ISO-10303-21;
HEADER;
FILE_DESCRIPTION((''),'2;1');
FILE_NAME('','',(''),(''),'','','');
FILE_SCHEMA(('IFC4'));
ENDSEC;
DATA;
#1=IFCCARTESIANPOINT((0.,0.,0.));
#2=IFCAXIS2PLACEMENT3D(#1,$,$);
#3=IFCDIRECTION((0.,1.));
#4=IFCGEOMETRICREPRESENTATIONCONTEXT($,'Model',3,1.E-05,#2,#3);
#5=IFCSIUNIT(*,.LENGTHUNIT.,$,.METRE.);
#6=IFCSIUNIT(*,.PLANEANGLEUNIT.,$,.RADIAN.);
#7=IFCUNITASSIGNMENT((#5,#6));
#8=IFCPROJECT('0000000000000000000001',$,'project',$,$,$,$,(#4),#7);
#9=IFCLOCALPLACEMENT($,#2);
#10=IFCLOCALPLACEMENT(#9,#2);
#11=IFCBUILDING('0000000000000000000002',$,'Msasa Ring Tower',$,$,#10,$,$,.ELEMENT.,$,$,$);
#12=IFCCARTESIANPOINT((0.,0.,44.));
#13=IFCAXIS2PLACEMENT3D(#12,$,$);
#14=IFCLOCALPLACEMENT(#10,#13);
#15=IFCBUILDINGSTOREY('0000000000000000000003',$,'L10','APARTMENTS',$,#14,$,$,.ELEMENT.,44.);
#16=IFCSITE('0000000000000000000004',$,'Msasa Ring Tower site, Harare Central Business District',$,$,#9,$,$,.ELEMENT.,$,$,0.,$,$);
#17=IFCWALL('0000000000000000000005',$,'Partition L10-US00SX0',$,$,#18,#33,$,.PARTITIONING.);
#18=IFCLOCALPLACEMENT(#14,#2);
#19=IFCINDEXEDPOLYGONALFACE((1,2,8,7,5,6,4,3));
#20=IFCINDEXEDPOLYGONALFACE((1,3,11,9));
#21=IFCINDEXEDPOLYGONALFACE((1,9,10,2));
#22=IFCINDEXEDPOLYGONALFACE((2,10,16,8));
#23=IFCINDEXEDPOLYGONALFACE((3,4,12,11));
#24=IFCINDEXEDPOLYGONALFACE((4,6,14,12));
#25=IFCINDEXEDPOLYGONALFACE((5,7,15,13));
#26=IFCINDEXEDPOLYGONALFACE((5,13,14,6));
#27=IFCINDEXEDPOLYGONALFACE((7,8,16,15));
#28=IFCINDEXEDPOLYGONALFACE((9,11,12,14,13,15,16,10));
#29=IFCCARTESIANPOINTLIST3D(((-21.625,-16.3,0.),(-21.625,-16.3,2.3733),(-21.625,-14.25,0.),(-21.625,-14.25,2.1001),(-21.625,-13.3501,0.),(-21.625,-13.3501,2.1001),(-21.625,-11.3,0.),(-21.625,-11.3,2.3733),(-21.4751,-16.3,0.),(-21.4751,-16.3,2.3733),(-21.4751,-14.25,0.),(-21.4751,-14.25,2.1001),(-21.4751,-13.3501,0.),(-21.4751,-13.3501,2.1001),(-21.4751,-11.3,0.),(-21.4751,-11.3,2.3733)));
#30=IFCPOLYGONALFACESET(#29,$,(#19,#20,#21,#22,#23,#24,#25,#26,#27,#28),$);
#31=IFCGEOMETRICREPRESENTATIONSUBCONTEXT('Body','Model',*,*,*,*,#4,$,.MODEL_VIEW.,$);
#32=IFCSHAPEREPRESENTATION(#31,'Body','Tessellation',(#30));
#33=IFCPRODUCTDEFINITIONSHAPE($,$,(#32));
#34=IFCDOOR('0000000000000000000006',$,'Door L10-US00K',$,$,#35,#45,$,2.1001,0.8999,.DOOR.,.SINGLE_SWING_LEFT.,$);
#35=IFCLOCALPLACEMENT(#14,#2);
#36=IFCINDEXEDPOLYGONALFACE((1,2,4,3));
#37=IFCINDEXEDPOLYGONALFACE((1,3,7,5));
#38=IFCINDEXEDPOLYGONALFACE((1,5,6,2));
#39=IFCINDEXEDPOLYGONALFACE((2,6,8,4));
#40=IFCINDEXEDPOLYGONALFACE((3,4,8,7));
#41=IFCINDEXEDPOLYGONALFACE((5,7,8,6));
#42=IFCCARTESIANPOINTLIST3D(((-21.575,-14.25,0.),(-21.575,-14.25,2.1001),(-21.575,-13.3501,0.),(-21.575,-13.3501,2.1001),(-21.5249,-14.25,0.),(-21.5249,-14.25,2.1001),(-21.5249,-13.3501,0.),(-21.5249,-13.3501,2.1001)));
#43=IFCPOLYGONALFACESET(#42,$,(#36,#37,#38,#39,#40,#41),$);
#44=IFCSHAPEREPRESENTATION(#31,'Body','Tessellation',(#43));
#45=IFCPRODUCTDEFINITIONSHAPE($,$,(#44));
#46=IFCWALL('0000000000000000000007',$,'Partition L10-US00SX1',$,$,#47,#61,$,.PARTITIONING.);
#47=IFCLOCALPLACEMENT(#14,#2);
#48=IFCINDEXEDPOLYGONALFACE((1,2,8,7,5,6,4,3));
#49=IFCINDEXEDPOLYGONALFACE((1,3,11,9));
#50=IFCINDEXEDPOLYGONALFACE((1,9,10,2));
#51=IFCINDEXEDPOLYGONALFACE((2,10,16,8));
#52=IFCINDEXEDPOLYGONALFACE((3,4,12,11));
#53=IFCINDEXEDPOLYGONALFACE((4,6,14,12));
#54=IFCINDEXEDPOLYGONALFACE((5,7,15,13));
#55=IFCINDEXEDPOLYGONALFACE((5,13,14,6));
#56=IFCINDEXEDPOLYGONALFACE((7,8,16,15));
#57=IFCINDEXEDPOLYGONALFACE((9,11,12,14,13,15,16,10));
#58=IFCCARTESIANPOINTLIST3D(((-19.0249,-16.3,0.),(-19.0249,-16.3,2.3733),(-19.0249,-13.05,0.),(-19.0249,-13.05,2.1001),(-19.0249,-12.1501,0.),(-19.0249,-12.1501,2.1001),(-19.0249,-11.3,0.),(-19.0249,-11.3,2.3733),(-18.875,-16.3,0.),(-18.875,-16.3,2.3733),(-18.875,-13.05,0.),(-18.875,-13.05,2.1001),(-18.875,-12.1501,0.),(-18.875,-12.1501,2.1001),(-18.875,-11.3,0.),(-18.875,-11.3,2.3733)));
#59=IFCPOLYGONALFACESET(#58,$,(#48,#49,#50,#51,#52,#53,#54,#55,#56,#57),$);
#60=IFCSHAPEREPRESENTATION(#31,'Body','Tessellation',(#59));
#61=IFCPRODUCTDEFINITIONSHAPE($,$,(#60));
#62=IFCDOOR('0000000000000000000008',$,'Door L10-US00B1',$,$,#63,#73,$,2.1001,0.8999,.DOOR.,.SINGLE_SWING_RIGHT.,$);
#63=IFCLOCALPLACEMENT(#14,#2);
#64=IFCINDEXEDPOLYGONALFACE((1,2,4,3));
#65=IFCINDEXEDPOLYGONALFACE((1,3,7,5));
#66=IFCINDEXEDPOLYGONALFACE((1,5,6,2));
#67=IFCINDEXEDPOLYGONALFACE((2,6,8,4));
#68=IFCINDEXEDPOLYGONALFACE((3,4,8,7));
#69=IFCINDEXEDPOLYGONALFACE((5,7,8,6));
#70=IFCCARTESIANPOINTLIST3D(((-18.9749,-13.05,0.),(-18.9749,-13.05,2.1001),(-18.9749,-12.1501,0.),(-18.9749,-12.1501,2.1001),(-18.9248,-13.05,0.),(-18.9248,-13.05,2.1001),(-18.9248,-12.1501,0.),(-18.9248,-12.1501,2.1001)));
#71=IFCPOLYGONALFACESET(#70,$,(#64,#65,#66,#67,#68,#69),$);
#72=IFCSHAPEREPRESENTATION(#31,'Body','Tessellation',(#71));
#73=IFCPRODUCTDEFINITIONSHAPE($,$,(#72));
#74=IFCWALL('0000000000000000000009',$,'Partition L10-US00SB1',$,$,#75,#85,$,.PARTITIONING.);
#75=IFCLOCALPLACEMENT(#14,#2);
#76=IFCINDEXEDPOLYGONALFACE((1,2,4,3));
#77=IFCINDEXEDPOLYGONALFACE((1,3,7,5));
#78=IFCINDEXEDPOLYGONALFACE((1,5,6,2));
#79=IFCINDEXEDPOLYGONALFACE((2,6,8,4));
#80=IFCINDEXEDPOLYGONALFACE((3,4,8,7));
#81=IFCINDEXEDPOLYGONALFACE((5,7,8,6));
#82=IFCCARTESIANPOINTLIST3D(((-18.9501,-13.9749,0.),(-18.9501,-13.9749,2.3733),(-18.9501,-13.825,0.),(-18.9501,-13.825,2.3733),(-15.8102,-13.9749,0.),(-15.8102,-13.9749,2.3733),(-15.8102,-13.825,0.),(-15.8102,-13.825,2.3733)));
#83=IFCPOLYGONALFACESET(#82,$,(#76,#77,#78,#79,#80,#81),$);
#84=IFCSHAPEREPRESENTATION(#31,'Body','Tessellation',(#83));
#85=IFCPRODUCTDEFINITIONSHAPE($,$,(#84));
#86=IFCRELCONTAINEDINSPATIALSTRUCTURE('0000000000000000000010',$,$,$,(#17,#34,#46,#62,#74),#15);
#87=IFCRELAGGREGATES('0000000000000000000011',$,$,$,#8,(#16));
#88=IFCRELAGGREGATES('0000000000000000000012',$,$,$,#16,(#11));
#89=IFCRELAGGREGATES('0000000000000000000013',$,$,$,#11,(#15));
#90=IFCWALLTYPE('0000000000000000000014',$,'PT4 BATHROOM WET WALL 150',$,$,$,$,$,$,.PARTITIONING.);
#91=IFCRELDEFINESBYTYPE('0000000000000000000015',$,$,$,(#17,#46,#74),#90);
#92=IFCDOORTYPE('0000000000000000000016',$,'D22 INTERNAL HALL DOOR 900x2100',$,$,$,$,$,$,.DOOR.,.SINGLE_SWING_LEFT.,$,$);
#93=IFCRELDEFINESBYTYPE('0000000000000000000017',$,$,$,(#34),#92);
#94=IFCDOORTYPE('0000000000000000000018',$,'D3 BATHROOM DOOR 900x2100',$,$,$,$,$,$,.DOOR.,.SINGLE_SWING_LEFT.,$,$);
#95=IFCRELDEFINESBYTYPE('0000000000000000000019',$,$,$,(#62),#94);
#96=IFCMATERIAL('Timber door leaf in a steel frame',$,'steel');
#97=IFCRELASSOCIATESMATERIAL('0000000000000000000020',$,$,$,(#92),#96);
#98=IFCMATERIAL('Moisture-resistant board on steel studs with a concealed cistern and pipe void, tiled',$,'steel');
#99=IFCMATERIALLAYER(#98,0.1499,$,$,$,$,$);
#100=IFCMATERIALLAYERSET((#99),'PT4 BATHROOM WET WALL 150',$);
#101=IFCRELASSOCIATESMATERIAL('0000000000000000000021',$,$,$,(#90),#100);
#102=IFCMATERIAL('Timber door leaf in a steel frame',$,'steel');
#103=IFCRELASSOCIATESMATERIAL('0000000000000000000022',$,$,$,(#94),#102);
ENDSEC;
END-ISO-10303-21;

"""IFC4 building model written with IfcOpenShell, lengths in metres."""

from ifc_helpers import new_model, si_unit, direction, frame, frame_2d, origin, place, context, subcontext, project, spatial, rectangle, extrude, material, layer, layer_set, type_object, element, fill, save


model = new_model("IFC4")

# Units and contexts
model_context = context("Model", 3, precision=1e-05, world=origin(), true_north=direction((0.0, 1.0)))
body_context = subcontext(model_context, "Body", "Model", "MODEL_VIEW")
ifc_project = project(units=[si_unit("LENGTHUNIT", "METRE"), si_unit("PLANEANGLEUNIT", "RADIAN")], contexts=[model_context])

# Site, building, storey
site_placement = place(None, origin())
site = spatial("IfcSite", under=ifc_project, at=site_placement, Name="Msasa Ring Tower site, Harare Central Business District", CompositionType="ELEMENT", RefElevation=0.0)
building_placement = place(site_placement, origin())
building = spatial("IfcBuilding", under=site, at=building_placement, Name="Msasa Ring Tower", CompositionType="ELEMENT")
storey_placement = place(building_placement, frame((0.0, 0.0, 44.0)))
storey = spatial("IfcBuildingStorey", under=building, at=storey_placement, Name="L10", Description="APARTMENTS", CompositionType="ELEMENT", Elevation=44.0)

# Shared definitions
ifc_material_1 = material(Name="Timber door leaf in a steel frame", Category="steel")
door_type_1 = type_object("IfcDoorType", Name="D22 INTERNAL HALL DOOR 900x2100", OperationType="SINGLE_SWING_LEFT", PredefinedType="DOOR", material=ifc_material_1)

# Walls, openings, doors
ifc_material_2 = material(Name="Moisture-resistant board on steel studs with a concealed cistern and pipe void, tiled", Category="steel")
ifc_layer_1 = layer(ifc_material_2, 0.1499)
ifc_layer_set_1 = layer_set([ifc_layer_1], Name="PT4 BATHROOM WET WALL 150")
wall_type_1 = type_object("IfcWallType", Name="PT4 BATHROOM WET WALL 150", PredefinedType="PARTITIONING", material=ifc_layer_set_1)
wall_1_placement = place(storey_placement, frame((-21.55, -16.3, 0.0), z_axis=(0.0, 0.0, 1.0), x_axis=(0.0, 1.0, 0.0)))
wall_1 = element("IfcWall", 1, at=wall_1_placement, inside=storey, type_object=wall_type_1, Name="Partition L10-US00SX0", PredefinedType="PARTITIONING", context=body_context, shape_type="SweptSolid", body=[
    extrude(rectangle(XDim=5.0, YDim=0.1499, at=frame_2d((2.5, 0.0))), origin(), (0.0, 0.0, 1.0), 2.3733),
])
opening_1_placement = place(wall_1_placement, frame((2.05, 0.0, 0.0)))
opening_1 = element("IfcOpeningElement", 2, at=opening_1_placement, cuts=wall_1, PredefinedType="OPENING", context=body_context, shape_type="SweptSolid", body=[
    extrude(rectangle(XDim=0.8999, YDim=2.1001, at=frame_2d((0.45, 1.05))), frame((0.0, 0.085, 0.0), z_axis=(0.0, -1.0, 0.0), x_axis=(1.0, 0.0, 0.0)), (0.0, 0.0, 1.0), 0.1699),
])
door_1_placement = place(opening_1_placement, origin())
door_1 = element("IfcDoor", 3, at=door_1_placement, inside=storey, type_object=door_type_1, Name="Door L10-US00K", OperationType="SINGLE_SWING_LEFT", OverallHeight=2.1001, OverallWidth=0.8999, PredefinedType="DOOR", context=body_context, shape_type="SweptSolid", body=[
    extrude(rectangle(XDim=0.8999, YDim=2.1001, at=frame_2d((0.45, 1.05))), frame((0.0, 0.0249, 0.0), z_axis=(0.0, -1.0, 0.0), x_axis=(1.0, 0.0, 0.0)), (0.0, 0.0, 1.0), 0.05),
])
fill(opening_1, door_1)
wall_2_placement = place(storey_placement, frame((-18.95, -16.3, 0.0), z_axis=(0.0, 0.0, 1.0), x_axis=(0.0, 1.0, 0.0)))
wall_2 = element("IfcWall", 4, at=wall_2_placement, inside=storey, type_object=wall_type_1, Name="Partition L10-US00SX1", PredefinedType="PARTITIONING", context=body_context, shape_type="SweptSolid", body=[
    extrude(rectangle(XDim=5.0, YDim=0.1499, at=frame_2d((2.5, 0.0))), origin(), (0.0, 0.0, 1.0), 2.3733),
])
opening_2_placement = place(wall_2_placement, frame((3.25, 0.0, 0.0)))
opening_2 = element("IfcOpeningElement", 5, at=opening_2_placement, cuts=wall_2, PredefinedType="OPENING", context=body_context, shape_type="SweptSolid", body=[
    extrude(rectangle(XDim=0.8999, YDim=2.1001, at=frame_2d((0.45, 1.05))), frame((0.0, 0.085, 0.0), z_axis=(0.0, -1.0, 0.0), x_axis=(1.0, 0.0, 0.0)), (0.0, 0.0, 1.0), 0.1699),
])
ifc_material_3 = material(Name="Timber door leaf in a steel frame", Category="steel")
door_type_2 = type_object("IfcDoorType", Name="D3 BATHROOM DOOR 900x2100", OperationType="SINGLE_SWING_LEFT", PredefinedType="DOOR", material=ifc_material_3)
door_2_placement = place(opening_2_placement, origin())
door_2 = element("IfcDoor", 6, at=door_2_placement, inside=storey, type_object=door_type_2, Name="Door L10-US00B1", OperationType="SINGLE_SWING_RIGHT", OverallHeight=2.1001, OverallWidth=0.8999, PredefinedType="DOOR", context=body_context, shape_type="SweptSolid", body=[
    extrude(rectangle(XDim=0.8999, YDim=2.1001, at=frame_2d((0.45, 1.05))), frame((0.0, 0.0249, 0.0), z_axis=(0.0, -1.0, 0.0), x_axis=(1.0, 0.0, 0.0)), (0.0, 0.0, 1.0), 0.05),
])
fill(opening_2, door_2)

# Wall
wall_3_placement = place(storey_placement, frame((-18.95, -13.8999, 0.0), z_axis=(0.0, 0.0, 1.0), x_axis=(1.0, 0.0, 0.0)))
element("IfcWall", 7, at=wall_3_placement, inside=storey, type_object=wall_type_1, Name="Partition L10-US00SB1", PredefinedType="PARTITIONING", context=body_context, shape_type="SweptSolid", body=[
    extrude(rectangle(XDim=3.1399, YDim=0.1499, at=frame_2d((1.5698, 0.0))), origin(), (0.0, 0.0, 1.0), 2.3733),
])

save(model, "model.ifc")
